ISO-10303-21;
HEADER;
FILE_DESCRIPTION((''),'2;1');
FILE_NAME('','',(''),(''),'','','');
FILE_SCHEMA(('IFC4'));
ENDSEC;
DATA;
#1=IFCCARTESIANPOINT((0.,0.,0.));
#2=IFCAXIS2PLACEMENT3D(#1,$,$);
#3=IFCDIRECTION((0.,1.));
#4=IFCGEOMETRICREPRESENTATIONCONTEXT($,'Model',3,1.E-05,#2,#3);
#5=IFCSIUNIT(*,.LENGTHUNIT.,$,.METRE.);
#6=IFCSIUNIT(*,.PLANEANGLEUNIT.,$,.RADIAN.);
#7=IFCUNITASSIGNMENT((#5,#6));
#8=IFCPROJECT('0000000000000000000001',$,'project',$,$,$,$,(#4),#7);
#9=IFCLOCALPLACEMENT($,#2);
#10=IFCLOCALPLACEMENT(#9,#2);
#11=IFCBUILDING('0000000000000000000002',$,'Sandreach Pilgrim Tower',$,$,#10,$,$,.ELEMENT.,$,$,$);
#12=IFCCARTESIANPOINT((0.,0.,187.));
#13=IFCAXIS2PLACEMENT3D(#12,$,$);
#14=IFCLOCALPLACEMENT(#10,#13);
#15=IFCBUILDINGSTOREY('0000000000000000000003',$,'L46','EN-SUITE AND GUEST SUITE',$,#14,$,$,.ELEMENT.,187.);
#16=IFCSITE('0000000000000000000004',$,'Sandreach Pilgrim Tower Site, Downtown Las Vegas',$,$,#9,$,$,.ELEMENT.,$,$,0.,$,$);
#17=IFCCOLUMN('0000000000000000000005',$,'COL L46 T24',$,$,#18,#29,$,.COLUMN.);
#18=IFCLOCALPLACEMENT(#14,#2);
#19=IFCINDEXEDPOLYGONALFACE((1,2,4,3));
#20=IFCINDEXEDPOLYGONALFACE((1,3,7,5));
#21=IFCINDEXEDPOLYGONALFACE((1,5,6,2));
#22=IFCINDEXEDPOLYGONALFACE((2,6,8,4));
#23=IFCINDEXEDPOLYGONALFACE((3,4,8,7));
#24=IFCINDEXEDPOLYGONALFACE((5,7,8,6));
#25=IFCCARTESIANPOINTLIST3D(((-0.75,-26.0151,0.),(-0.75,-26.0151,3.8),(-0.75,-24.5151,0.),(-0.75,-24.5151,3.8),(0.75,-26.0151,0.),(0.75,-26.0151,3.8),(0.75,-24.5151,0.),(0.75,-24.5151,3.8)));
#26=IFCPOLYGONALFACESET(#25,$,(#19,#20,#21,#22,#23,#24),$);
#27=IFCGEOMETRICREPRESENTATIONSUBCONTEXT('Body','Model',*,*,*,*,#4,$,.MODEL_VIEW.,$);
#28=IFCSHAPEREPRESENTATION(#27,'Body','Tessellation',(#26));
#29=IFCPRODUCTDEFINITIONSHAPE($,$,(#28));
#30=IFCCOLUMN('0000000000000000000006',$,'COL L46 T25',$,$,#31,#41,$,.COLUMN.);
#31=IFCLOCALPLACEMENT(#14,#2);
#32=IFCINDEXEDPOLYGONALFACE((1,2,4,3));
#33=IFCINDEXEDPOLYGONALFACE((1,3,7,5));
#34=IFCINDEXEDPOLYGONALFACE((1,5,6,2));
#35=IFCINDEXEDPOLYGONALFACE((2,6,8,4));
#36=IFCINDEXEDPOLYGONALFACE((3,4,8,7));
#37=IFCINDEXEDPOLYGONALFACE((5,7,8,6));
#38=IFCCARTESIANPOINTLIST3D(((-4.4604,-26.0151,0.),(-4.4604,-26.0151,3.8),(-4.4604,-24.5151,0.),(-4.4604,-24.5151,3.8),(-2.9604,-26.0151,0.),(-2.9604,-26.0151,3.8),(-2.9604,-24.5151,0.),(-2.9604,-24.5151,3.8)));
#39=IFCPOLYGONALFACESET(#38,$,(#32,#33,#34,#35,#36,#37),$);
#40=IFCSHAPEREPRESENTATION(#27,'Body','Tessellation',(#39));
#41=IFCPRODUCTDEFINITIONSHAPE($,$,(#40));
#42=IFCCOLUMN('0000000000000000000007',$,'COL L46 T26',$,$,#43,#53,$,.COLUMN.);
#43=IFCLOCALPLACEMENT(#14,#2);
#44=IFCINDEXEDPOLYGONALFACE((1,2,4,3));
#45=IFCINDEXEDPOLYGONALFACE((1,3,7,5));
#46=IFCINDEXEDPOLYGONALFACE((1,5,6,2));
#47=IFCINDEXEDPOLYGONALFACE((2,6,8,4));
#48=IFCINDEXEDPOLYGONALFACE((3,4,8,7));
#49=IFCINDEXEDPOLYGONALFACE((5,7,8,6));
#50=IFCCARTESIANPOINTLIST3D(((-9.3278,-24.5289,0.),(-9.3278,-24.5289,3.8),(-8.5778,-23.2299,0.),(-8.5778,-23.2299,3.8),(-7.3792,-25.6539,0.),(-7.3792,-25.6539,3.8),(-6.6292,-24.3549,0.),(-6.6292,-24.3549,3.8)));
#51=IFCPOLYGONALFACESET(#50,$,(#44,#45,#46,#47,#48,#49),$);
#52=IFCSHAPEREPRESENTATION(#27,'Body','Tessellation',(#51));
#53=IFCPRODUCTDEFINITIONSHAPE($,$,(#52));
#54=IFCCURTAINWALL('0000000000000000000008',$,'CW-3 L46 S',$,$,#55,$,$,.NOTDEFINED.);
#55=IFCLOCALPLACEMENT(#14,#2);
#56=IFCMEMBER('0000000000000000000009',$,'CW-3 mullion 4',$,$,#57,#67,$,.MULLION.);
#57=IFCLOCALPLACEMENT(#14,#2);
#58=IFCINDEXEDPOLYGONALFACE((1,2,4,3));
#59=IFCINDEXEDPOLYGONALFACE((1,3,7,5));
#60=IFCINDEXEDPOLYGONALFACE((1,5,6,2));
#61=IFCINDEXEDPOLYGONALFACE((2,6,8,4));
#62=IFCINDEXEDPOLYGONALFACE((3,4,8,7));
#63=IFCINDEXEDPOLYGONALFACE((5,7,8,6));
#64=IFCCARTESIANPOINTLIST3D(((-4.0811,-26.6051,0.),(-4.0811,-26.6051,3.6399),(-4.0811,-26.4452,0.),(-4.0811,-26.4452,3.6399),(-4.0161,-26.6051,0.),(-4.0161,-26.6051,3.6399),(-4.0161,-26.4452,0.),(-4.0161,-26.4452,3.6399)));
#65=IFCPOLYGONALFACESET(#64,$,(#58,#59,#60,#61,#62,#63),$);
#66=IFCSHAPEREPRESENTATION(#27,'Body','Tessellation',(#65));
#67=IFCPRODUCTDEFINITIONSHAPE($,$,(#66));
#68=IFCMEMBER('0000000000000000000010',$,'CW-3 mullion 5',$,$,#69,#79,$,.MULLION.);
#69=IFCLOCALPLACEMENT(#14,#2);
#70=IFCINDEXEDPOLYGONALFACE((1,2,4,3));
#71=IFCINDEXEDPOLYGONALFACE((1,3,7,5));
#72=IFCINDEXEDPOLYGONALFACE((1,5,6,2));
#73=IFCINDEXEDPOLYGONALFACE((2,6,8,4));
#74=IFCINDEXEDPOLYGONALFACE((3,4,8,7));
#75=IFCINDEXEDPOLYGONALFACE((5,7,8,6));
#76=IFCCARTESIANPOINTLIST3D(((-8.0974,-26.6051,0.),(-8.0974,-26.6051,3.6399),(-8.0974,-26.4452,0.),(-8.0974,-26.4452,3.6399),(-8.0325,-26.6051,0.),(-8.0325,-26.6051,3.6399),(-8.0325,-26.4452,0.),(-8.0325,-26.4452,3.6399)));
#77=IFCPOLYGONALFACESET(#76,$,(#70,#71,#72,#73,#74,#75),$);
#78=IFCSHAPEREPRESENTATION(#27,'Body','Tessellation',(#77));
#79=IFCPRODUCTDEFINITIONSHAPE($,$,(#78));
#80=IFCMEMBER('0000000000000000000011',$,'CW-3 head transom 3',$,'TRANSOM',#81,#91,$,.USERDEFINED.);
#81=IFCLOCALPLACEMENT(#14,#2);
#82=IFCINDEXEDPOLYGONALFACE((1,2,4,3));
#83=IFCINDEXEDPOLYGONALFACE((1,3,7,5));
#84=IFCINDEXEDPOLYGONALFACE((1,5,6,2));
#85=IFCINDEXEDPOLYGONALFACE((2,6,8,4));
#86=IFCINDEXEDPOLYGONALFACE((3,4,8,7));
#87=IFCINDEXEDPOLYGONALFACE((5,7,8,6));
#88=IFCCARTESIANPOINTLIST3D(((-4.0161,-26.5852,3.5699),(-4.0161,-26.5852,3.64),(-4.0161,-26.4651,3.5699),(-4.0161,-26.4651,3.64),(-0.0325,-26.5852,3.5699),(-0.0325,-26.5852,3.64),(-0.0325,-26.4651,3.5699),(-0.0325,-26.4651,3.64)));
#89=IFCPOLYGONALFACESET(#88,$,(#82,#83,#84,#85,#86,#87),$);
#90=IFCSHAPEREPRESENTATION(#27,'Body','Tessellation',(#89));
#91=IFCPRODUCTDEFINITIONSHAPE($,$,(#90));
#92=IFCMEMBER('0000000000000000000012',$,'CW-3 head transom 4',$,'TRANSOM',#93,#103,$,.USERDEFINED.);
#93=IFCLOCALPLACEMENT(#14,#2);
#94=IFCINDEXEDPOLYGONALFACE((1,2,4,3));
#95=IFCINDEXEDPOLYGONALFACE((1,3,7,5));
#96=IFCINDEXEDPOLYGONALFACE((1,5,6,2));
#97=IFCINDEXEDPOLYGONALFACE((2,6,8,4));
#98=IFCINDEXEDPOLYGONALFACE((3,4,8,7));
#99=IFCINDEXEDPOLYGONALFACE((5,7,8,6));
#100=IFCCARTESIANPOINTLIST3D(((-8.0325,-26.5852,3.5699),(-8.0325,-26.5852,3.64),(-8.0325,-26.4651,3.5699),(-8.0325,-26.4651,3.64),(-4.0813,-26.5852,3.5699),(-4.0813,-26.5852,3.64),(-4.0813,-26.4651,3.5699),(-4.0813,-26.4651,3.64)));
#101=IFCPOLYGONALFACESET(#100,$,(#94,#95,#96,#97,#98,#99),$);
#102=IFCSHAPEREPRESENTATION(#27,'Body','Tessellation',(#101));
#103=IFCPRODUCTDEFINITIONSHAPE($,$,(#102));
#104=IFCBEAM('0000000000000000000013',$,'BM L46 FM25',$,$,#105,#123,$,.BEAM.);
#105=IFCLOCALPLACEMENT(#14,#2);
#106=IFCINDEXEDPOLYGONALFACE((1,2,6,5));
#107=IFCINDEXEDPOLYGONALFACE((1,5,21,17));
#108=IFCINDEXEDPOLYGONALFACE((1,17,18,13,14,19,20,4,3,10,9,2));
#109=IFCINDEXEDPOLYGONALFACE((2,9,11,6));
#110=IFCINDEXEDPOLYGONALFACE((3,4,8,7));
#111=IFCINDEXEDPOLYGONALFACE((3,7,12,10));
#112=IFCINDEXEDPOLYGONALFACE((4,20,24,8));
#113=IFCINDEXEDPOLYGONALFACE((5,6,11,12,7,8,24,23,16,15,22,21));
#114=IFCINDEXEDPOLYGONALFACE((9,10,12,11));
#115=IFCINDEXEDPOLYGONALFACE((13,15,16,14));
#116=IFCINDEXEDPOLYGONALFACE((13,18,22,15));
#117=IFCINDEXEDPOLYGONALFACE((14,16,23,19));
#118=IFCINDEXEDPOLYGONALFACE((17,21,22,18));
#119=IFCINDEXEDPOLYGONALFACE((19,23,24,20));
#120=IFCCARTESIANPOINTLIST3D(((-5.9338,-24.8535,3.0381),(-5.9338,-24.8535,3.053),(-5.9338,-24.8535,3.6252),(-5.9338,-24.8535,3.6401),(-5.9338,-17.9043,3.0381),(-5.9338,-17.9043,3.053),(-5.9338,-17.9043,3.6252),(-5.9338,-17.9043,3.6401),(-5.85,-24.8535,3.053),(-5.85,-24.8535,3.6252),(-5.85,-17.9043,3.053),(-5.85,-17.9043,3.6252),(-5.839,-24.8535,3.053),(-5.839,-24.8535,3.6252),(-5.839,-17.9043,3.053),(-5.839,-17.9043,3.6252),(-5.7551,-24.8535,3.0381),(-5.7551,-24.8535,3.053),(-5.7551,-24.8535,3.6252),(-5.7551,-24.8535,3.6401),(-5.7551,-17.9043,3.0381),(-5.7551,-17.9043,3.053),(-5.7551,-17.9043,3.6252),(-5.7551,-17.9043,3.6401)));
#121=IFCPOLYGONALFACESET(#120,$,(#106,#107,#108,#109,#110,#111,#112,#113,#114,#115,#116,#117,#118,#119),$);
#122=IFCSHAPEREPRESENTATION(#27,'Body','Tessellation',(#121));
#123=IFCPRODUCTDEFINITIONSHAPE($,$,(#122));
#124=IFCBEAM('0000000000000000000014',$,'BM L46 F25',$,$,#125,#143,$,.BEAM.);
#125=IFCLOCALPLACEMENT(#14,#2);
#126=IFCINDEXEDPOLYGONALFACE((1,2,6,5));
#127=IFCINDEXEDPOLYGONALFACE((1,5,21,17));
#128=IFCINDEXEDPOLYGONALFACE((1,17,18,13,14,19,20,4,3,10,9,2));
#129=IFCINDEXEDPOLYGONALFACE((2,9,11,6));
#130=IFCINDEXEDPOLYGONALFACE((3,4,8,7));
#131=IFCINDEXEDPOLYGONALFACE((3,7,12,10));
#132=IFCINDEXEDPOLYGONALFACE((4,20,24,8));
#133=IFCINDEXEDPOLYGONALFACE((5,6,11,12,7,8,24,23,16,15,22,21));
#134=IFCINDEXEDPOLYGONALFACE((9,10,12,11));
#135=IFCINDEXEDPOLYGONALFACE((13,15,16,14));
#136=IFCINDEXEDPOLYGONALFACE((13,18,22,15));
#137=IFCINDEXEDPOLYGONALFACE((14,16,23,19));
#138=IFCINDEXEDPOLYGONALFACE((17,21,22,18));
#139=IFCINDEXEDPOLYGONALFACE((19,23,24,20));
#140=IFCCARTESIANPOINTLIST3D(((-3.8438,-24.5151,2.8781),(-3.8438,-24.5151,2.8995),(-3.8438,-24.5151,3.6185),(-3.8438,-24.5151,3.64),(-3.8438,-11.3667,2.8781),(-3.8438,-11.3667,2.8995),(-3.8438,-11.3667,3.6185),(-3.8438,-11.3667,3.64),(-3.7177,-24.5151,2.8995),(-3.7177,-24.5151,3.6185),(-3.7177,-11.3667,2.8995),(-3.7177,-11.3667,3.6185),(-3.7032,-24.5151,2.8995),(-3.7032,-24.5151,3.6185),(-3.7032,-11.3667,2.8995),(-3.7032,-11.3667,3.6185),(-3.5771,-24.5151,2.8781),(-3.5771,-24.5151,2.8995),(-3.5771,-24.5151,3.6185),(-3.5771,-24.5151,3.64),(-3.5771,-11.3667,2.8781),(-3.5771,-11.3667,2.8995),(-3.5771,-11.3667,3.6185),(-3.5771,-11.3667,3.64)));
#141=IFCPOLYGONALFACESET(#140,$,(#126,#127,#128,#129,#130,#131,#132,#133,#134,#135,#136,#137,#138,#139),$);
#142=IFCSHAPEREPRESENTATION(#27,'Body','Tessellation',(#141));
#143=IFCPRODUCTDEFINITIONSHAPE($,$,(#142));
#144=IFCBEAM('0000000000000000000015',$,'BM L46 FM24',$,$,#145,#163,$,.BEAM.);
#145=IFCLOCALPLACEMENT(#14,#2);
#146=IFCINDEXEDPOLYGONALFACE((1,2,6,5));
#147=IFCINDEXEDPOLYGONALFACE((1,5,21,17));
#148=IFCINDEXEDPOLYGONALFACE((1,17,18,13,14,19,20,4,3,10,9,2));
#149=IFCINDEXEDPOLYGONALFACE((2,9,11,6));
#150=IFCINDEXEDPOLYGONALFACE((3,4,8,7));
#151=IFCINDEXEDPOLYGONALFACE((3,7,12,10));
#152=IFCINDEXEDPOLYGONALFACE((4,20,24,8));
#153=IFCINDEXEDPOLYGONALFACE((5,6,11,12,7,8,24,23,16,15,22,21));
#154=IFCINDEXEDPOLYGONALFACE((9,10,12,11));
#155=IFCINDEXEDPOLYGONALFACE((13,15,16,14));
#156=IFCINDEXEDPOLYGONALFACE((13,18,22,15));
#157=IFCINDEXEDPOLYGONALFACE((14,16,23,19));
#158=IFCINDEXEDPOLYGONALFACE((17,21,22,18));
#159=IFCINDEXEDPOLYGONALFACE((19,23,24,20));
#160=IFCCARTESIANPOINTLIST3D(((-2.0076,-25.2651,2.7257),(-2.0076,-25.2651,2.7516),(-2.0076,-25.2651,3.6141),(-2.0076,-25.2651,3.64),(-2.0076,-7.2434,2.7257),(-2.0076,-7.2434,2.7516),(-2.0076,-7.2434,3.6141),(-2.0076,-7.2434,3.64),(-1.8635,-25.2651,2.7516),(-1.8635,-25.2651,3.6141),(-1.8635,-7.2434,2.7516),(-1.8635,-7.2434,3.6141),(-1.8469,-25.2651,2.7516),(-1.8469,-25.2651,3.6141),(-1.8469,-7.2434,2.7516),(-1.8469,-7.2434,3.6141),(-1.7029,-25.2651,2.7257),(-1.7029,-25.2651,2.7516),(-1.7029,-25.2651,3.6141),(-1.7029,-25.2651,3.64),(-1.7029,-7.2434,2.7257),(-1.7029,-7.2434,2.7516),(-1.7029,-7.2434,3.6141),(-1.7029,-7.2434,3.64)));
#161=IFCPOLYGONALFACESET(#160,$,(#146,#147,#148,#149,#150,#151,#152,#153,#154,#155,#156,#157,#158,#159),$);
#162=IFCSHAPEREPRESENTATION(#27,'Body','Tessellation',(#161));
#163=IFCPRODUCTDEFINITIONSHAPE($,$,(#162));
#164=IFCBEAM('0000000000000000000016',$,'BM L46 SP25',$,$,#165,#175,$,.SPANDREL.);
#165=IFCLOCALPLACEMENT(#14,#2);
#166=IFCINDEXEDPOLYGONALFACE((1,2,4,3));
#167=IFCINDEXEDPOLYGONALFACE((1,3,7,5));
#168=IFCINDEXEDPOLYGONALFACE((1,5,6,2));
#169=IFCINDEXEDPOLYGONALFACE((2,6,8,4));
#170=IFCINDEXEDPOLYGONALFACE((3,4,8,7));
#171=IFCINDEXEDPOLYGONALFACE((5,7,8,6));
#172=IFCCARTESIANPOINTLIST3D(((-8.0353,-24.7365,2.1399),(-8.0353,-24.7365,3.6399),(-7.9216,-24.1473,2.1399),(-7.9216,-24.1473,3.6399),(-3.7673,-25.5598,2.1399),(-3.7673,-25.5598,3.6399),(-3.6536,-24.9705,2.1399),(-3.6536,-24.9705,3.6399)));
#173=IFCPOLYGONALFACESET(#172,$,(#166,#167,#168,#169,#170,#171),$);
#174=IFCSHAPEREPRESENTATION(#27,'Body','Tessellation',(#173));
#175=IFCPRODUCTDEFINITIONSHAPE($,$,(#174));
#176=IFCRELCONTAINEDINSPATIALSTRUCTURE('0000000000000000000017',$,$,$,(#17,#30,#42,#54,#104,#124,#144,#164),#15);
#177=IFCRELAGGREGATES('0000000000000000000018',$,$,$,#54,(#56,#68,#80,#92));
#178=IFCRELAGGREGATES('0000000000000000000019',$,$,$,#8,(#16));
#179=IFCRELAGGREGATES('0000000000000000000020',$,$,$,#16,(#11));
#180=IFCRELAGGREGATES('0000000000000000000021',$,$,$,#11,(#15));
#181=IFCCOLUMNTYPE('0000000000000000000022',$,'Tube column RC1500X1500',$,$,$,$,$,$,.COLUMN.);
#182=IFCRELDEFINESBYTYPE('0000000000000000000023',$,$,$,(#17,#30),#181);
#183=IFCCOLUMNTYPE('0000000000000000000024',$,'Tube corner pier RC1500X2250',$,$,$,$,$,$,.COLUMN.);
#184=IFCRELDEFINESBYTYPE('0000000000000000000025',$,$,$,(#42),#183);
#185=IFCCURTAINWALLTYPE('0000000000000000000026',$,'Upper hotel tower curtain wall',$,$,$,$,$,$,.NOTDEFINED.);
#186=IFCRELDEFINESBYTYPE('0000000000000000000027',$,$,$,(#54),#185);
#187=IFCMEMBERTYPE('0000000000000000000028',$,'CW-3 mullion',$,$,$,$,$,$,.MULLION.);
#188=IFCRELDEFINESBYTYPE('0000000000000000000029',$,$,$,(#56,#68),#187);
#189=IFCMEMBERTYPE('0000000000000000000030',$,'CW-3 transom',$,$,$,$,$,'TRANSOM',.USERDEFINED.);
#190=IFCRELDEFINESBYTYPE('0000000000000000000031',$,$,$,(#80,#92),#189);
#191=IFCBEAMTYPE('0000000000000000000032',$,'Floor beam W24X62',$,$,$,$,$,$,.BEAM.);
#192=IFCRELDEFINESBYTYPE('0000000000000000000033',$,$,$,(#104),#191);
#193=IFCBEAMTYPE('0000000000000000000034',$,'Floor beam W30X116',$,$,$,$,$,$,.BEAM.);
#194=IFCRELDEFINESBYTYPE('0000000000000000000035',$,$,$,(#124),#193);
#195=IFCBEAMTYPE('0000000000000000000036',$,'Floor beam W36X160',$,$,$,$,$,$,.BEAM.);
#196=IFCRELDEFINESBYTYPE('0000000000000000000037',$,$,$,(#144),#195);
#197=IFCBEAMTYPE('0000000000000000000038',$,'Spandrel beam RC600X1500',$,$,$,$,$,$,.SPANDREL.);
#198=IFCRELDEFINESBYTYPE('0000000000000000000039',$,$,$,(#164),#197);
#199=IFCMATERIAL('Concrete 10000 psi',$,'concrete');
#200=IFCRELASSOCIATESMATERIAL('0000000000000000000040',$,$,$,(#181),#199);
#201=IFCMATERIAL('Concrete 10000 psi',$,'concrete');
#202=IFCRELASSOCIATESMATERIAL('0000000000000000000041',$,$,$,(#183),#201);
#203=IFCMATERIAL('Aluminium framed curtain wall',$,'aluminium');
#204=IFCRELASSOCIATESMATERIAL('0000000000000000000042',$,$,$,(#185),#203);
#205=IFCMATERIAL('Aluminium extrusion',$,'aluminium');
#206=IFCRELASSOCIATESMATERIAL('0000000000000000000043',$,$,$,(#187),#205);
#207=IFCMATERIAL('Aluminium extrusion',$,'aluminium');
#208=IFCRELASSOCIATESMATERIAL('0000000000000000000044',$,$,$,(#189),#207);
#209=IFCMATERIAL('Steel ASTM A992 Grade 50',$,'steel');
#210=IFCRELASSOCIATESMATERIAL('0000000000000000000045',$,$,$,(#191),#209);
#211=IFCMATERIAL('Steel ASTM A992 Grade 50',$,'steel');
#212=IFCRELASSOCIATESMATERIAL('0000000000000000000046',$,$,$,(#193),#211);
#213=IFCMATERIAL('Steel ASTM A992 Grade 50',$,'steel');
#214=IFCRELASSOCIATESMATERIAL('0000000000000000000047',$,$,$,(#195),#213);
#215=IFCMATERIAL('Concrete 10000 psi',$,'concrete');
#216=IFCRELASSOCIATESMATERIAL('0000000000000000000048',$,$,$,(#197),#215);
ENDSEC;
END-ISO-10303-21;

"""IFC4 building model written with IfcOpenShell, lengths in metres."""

from ifc_helpers import new_model, si_unit, direction, frame, origin, origin_2d, place, context, subcontext, project, spatial, rectangle, i_section, extrude, material, material_profile, profile_set, type_object, element, aggregate, save


model = new_model("IFC4")

# Units and contexts
model_context = context("Model", 3, precision=1e-05, world=origin(), true_north=direction((0.0, 1.0)))
body_context = subcontext(model_context, "Body", "Model", "MODEL_VIEW")
ifc_project = project(units=[si_unit("LENGTHUNIT", "METRE"), si_unit("PLANEANGLEUNIT", "RADIAN")], contexts=[model_context])

# Site, building, storey
site_placement = place(None, origin())
site = spatial("IfcSite", under=ifc_project, at=site_placement, Name="Sandreach Pilgrim Tower Site, Downtown Las Vegas", CompositionType="ELEMENT", RefElevation=0.0)
building_placement = place(site_placement, origin())
building = spatial("IfcBuilding", under=site, at=building_placement, Name="Sandreach Pilgrim Tower", CompositionType="ELEMENT")
storey_placement = place(building_placement, frame((0.0, 0.0, 187.0)))
storey = spatial("IfcBuildingStorey", under=building, at=storey_placement, Name="L46", Description="EN-SUITE AND GUEST SUITE", CompositionType="ELEMENT", Elevation=187.0)

# Columns
ifc_material_1 = material(Name="Concrete 10000 psi", Category="concrete")
ifc_material_profile_1 = material_profile(ifc_material_1, rectangle(XDim=1.5, YDim=1.5, at=origin_2d()), Name="RC1500X1500")
ifc_profile_set_1 = profile_set([ifc_material_profile_1], Name="Concrete 10000 psi")
column_type_1 = type_object("IfcColumnType", Name="Tube column RC1500X1500", PredefinedType="COLUMN", material=ifc_profile_set_1)
for number, where, z_axis, x_axis, name in (
    (1, (0.0, -25.2651, 0.0), (0.0, 0.0, 1.0), (0.0, -1.0, 0.0), "COL L46 T24"),
    (2, (-3.7104, -25.2651, 0.0), (0.0, 0.0, 1.0), (0.0, -1.0, 0.0), "COL L46 T25"),
):
    element("IfcColumn", number, at=place(storey_placement, frame(where, z_axis=z_axis, x_axis=x_axis)), inside=storey, type_object=column_type_1, Name=name, PredefinedType="COLUMN", context=body_context, shape_type="SweptSolid", body=[
        extrude(rectangle(XDim=1.5, YDim=1.5, at=origin_2d()), origin(), (0.0, 0.0, 1.0), 3.8),
    ])
ifc_material_2 = material(Name="Concrete 10000 psi", Category="concrete")
ifc_material_profile_2 = material_profile(ifc_material_2, rectangle(XDim=1.5, YDim=2.25, at=origin_2d()), Name="RC1500X2250")
ifc_profile_set_2 = profile_set([ifc_material_profile_2], Name="Concrete 10000 psi")
column_type_2 = type_object("IfcColumnType", Name="Tube corner pier RC1500X2250", PredefinedType="COLUMN", material=ifc_profile_set_2)
column_placement = place(storey_placement, frame((-7.9785, -24.4419, 0.0), z_axis=(0.0, 0.0, 1.0), x_axis=(-0.5, -0.866025, 0.0)))
element("IfcColumn", 3, at=column_placement, inside=storey, type_object=column_type_2, Name="COL L46 T26", PredefinedType="COLUMN", context=body_context, shape_type="SweptSolid", body=[
    extrude(rectangle(XDim=1.5, YDim=2.25, at=origin_2d()), origin(), (0.0, 0.0, 1.0), 3.8),
])

# Curtain wall, members
ifc_material_3 = material(Name="Aluminium framed curtain wall", Category="aluminium")
curtain_wall_type = type_object("IfcCurtainWallType", Name="Upper hotel tower curtain wall", PredefinedType="NOTDEFINED", material=ifc_material_3)
curtain_wall_placement = place(storey_placement, origin())
curtain_wall = element("IfcCurtainWall", 4, at=curtain_wall_placement, inside=storey, type_object=curtain_wall_type, Name="CW-3 L46 S", PredefinedType="NOTDEFINED")
ifc_material_4 = material(Name="Aluminium extrusion", Category="aluminium")
ifc_material_profile_3 = material_profile(ifc_material_4, rectangle(XDim=0.0649, YDim=0.1599, at=origin_2d()), Name="CW-3M 65X160")
ifc_profile_set_3 = profile_set([ifc_material_profile_3], Name="Aluminium extrusion")
member_type_1 = type_object("IfcMemberType", Name="CW-3 mullion", PredefinedType="MULLION", material=ifc_profile_set_3)
member_1_placement = place(storey_placement, frame((-4.0486, -26.5251, 0.0), z_axis=(0.0, 0.0, 1.0), x_axis=(-1.0, 0.0, 0.0)))
member_1 = element("IfcMember", 5, at=member_1_placement, type_object=member_type_1, Name="CW-3 mullion 4", PredefinedType="MULLION", context=body_context, shape_type="SweptSolid", body=[
    extrude(rectangle(XDim=0.0649, YDim=0.1599, at=origin_2d()), origin(), (0.0, 0.0, 1.0), 3.6399),
])
member_2_placement = place(storey_placement, frame((-8.0649, -26.5251, 0.0), z_axis=(0.0, 0.0, 1.0), x_axis=(-1.0, 0.0, 0.0)))
member_2 = element("IfcMember", 6, at=member_2_placement, type_object=member_type_1, Name="CW-3 mullion 5", PredefinedType="MULLION", context=body_context, shape_type="SweptSolid", body=[
    extrude(rectangle(XDim=0.0649, YDim=0.1599, at=origin_2d()), origin(), (0.0, 0.0, 1.0), 3.6399),
])
ifc_material_5 = material(Name="Aluminium extrusion", Category="aluminium")
ifc_material_profile_4 = material_profile(ifc_material_5, rectangle(XDim=0.1201, YDim=0.0701, at=origin_2d()), Name="CW-3T 120X70")
ifc_profile_set_4 = profile_set([ifc_material_profile_4], Name="Aluminium extrusion")
member_type_2 = type_object("IfcMemberType", Name="CW-3 transom", ElementType="TRANSOM", PredefinedType="USERDEFINED", material=ifc_profile_set_4)
member_3_placement = place(storey_placement, frame((-0.0325, -26.5251, 3.605), z_axis=(-1.0, 0.0, 0.0), x_axis=(0.0, -1.0, 0.0)))
member_3 = element("IfcMember", 7, at=member_3_placement, type_object=member_type_2, Name="CW-3 head transom 3", ObjectType="TRANSOM", PredefinedType="USERDEFINED", context=body_context, shape_type="SweptSolid", body=[
    extrude(rectangle(XDim=0.1201, YDim=0.0701, at=origin_2d()), origin(), (0.0, 0.0, 1.0), 3.9836),
])
member_4_placement = place(storey_placement, frame((-4.0813, -26.5251, 3.605), z_axis=(-1.0, 0.0, 0.0), x_axis=(0.0, -1.0, 0.0)))
member_4 = element("IfcMember", 8, at=member_4_placement, type_object=member_type_2, Name="CW-3 head transom 4", ObjectType="TRANSOM", PredefinedType="USERDEFINED", context=body_context, shape_type="SweptSolid", body=[
    extrude(rectangle(XDim=0.1201, YDim=0.0701, at=origin_2d()), origin(), (0.0, 0.0, 1.0), 3.9512),
])

# Beams
ifc_material_6 = material(Name="Steel ASTM A992 Grade 50", Category="steel")
ifc_material_profile_5 = material_profile(ifc_material_6, i_section(OverallWidth=0.1787, OverallDepth=0.6021, WebThickness=0.011, FlangeThickness=0.0149, at=origin_2d()), Name="W24X62")
ifc_profile_set_5 = profile_set([ifc_material_profile_5], Name="Steel ASTM A992 Grade 50")
beam_type_1 = type_object("IfcBeamType", Name="Floor beam W24X62", PredefinedType="BEAM", material=ifc_profile_set_5)
beam_1_placement = place(storey_placement, frame((-5.8445, -24.8535, 3.3391), z_axis=(0.0, 1.0, 0.0), x_axis=(-1.0, 0.0, 0.0)))
element("IfcBeam", 9, at=beam_1_placement, inside=storey, type_object=beam_type_1, Name="BM L46 FM25", PredefinedType="BEAM", context=body_context, shape_type="SweptSolid", body=[
    extrude(i_section(OverallWidth=0.1787, OverallDepth=0.6021, WebThickness=0.011, FlangeThickness=0.0149, at=origin_2d()), origin(), (0.0, 0.0, 1.0), 6.9492),
])
ifc_material_7 = material(Name="Steel ASTM A992 Grade 50", Category="steel")
ifc_material_profile_6 = material_profile(ifc_material_7, i_section(OverallWidth=0.2666, OverallDepth=0.762, WebThickness=0.0144, FlangeThickness=0.0215, at=origin_2d()), Name="W30X116")
ifc_profile_set_6 = profile_set([ifc_material_profile_6], Name="Steel ASTM A992 Grade 50")
beam_type_2 = type_object("IfcBeamType", Name="Floor beam W30X116", PredefinedType="BEAM", material=ifc_profile_set_6)
beam_2_placement = place(storey_placement, frame((-3.7104, -24.5151, 3.259), z_axis=(0.0, 1.0, 0.0), x_axis=(-1.0, 0.0, 0.0)))
element("IfcBeam", 10, at=beam_2_placement, inside=storey, type_object=beam_type_2, Name="BM L46 F25", PredefinedType="BEAM", context=body_context, shape_type="SweptSolid", body=[
    extrude(i_section(OverallWidth=0.2666, OverallDepth=0.762, WebThickness=0.0144, FlangeThickness=0.0215, at=origin_2d()), origin(), (0.0, 0.0, 1.0), 13.1484),
])
ifc_material_8 = material(Name="Steel ASTM A992 Grade 50", Category="steel")
ifc_material_profile_7 = material_profile(ifc_material_8, i_section(OverallWidth=0.3047, OverallDepth=0.9143, WebThickness=0.0166, FlangeThickness=0.0259, at=origin_2d()), Name="W36X160")
ifc_profile_set_7 = profile_set([ifc_material_profile_7], Name="Steel ASTM A992 Grade 50")
beam_type_3 = type_object("IfcBeamType", Name="Floor beam W36X160", PredefinedType="BEAM", material=ifc_profile_set_7)
beam_3_placement = place(storey_placement, frame((-1.8552, -25.2651, 3.1829), z_axis=(0.0, 1.0, 0.0), x_axis=(-1.0, 0.0, 0.0)))
element("IfcBeam", 11, at=beam_3_placement, inside=storey, type_object=beam_type_3, Name="BM L46 FM24", PredefinedType="BEAM", context=body_context, shape_type="SweptSolid", body=[
    extrude(i_section(OverallWidth=0.3047, OverallDepth=0.9143, WebThickness=0.0166, FlangeThickness=0.0259, at=origin_2d()), origin(), (0.0, 0.0, 1.0), 18.0217),
])
ifc_material_9 = material(Name="Concrete 10000 psi", Category="concrete")
ifc_material_profile_8 = material_profile(ifc_material_9, rectangle(XDim=0.6001, YDim=1.5, at=origin_2d()), Name="RC600X1500")
ifc_profile_set_8 = profile_set([ifc_material_profile_8], Name="Concrete 10000 psi")
beam_type_4 = type_object("IfcBeamType", Name="Spandrel beam RC600X1500", PredefinedType="SPANDREL", material=ifc_profile_set_8)
beam_4_placement = place(storey_placement, frame((-3.7104, -25.2651, 2.8899), z_axis=(-0.981901, 0.189393, 0.0), x_axis=(-0.189393, -0.981901, 0.0)))
element("IfcBeam", 12, at=beam_4_placement, inside=storey, type_object=beam_type_4, Name="BM L46 SP25", PredefinedType="SPANDREL", context=body_context, shape_type="SweptSolid", body=[
    extrude(rectangle(XDim=0.6001, YDim=1.5, at=origin_2d()), origin(), (0.0, 0.0, 1.0), 4.3467),
])

aggregate(curtain_wall, [member_1, member_2, member_3, member_4])

save(model, "model.ifc")
